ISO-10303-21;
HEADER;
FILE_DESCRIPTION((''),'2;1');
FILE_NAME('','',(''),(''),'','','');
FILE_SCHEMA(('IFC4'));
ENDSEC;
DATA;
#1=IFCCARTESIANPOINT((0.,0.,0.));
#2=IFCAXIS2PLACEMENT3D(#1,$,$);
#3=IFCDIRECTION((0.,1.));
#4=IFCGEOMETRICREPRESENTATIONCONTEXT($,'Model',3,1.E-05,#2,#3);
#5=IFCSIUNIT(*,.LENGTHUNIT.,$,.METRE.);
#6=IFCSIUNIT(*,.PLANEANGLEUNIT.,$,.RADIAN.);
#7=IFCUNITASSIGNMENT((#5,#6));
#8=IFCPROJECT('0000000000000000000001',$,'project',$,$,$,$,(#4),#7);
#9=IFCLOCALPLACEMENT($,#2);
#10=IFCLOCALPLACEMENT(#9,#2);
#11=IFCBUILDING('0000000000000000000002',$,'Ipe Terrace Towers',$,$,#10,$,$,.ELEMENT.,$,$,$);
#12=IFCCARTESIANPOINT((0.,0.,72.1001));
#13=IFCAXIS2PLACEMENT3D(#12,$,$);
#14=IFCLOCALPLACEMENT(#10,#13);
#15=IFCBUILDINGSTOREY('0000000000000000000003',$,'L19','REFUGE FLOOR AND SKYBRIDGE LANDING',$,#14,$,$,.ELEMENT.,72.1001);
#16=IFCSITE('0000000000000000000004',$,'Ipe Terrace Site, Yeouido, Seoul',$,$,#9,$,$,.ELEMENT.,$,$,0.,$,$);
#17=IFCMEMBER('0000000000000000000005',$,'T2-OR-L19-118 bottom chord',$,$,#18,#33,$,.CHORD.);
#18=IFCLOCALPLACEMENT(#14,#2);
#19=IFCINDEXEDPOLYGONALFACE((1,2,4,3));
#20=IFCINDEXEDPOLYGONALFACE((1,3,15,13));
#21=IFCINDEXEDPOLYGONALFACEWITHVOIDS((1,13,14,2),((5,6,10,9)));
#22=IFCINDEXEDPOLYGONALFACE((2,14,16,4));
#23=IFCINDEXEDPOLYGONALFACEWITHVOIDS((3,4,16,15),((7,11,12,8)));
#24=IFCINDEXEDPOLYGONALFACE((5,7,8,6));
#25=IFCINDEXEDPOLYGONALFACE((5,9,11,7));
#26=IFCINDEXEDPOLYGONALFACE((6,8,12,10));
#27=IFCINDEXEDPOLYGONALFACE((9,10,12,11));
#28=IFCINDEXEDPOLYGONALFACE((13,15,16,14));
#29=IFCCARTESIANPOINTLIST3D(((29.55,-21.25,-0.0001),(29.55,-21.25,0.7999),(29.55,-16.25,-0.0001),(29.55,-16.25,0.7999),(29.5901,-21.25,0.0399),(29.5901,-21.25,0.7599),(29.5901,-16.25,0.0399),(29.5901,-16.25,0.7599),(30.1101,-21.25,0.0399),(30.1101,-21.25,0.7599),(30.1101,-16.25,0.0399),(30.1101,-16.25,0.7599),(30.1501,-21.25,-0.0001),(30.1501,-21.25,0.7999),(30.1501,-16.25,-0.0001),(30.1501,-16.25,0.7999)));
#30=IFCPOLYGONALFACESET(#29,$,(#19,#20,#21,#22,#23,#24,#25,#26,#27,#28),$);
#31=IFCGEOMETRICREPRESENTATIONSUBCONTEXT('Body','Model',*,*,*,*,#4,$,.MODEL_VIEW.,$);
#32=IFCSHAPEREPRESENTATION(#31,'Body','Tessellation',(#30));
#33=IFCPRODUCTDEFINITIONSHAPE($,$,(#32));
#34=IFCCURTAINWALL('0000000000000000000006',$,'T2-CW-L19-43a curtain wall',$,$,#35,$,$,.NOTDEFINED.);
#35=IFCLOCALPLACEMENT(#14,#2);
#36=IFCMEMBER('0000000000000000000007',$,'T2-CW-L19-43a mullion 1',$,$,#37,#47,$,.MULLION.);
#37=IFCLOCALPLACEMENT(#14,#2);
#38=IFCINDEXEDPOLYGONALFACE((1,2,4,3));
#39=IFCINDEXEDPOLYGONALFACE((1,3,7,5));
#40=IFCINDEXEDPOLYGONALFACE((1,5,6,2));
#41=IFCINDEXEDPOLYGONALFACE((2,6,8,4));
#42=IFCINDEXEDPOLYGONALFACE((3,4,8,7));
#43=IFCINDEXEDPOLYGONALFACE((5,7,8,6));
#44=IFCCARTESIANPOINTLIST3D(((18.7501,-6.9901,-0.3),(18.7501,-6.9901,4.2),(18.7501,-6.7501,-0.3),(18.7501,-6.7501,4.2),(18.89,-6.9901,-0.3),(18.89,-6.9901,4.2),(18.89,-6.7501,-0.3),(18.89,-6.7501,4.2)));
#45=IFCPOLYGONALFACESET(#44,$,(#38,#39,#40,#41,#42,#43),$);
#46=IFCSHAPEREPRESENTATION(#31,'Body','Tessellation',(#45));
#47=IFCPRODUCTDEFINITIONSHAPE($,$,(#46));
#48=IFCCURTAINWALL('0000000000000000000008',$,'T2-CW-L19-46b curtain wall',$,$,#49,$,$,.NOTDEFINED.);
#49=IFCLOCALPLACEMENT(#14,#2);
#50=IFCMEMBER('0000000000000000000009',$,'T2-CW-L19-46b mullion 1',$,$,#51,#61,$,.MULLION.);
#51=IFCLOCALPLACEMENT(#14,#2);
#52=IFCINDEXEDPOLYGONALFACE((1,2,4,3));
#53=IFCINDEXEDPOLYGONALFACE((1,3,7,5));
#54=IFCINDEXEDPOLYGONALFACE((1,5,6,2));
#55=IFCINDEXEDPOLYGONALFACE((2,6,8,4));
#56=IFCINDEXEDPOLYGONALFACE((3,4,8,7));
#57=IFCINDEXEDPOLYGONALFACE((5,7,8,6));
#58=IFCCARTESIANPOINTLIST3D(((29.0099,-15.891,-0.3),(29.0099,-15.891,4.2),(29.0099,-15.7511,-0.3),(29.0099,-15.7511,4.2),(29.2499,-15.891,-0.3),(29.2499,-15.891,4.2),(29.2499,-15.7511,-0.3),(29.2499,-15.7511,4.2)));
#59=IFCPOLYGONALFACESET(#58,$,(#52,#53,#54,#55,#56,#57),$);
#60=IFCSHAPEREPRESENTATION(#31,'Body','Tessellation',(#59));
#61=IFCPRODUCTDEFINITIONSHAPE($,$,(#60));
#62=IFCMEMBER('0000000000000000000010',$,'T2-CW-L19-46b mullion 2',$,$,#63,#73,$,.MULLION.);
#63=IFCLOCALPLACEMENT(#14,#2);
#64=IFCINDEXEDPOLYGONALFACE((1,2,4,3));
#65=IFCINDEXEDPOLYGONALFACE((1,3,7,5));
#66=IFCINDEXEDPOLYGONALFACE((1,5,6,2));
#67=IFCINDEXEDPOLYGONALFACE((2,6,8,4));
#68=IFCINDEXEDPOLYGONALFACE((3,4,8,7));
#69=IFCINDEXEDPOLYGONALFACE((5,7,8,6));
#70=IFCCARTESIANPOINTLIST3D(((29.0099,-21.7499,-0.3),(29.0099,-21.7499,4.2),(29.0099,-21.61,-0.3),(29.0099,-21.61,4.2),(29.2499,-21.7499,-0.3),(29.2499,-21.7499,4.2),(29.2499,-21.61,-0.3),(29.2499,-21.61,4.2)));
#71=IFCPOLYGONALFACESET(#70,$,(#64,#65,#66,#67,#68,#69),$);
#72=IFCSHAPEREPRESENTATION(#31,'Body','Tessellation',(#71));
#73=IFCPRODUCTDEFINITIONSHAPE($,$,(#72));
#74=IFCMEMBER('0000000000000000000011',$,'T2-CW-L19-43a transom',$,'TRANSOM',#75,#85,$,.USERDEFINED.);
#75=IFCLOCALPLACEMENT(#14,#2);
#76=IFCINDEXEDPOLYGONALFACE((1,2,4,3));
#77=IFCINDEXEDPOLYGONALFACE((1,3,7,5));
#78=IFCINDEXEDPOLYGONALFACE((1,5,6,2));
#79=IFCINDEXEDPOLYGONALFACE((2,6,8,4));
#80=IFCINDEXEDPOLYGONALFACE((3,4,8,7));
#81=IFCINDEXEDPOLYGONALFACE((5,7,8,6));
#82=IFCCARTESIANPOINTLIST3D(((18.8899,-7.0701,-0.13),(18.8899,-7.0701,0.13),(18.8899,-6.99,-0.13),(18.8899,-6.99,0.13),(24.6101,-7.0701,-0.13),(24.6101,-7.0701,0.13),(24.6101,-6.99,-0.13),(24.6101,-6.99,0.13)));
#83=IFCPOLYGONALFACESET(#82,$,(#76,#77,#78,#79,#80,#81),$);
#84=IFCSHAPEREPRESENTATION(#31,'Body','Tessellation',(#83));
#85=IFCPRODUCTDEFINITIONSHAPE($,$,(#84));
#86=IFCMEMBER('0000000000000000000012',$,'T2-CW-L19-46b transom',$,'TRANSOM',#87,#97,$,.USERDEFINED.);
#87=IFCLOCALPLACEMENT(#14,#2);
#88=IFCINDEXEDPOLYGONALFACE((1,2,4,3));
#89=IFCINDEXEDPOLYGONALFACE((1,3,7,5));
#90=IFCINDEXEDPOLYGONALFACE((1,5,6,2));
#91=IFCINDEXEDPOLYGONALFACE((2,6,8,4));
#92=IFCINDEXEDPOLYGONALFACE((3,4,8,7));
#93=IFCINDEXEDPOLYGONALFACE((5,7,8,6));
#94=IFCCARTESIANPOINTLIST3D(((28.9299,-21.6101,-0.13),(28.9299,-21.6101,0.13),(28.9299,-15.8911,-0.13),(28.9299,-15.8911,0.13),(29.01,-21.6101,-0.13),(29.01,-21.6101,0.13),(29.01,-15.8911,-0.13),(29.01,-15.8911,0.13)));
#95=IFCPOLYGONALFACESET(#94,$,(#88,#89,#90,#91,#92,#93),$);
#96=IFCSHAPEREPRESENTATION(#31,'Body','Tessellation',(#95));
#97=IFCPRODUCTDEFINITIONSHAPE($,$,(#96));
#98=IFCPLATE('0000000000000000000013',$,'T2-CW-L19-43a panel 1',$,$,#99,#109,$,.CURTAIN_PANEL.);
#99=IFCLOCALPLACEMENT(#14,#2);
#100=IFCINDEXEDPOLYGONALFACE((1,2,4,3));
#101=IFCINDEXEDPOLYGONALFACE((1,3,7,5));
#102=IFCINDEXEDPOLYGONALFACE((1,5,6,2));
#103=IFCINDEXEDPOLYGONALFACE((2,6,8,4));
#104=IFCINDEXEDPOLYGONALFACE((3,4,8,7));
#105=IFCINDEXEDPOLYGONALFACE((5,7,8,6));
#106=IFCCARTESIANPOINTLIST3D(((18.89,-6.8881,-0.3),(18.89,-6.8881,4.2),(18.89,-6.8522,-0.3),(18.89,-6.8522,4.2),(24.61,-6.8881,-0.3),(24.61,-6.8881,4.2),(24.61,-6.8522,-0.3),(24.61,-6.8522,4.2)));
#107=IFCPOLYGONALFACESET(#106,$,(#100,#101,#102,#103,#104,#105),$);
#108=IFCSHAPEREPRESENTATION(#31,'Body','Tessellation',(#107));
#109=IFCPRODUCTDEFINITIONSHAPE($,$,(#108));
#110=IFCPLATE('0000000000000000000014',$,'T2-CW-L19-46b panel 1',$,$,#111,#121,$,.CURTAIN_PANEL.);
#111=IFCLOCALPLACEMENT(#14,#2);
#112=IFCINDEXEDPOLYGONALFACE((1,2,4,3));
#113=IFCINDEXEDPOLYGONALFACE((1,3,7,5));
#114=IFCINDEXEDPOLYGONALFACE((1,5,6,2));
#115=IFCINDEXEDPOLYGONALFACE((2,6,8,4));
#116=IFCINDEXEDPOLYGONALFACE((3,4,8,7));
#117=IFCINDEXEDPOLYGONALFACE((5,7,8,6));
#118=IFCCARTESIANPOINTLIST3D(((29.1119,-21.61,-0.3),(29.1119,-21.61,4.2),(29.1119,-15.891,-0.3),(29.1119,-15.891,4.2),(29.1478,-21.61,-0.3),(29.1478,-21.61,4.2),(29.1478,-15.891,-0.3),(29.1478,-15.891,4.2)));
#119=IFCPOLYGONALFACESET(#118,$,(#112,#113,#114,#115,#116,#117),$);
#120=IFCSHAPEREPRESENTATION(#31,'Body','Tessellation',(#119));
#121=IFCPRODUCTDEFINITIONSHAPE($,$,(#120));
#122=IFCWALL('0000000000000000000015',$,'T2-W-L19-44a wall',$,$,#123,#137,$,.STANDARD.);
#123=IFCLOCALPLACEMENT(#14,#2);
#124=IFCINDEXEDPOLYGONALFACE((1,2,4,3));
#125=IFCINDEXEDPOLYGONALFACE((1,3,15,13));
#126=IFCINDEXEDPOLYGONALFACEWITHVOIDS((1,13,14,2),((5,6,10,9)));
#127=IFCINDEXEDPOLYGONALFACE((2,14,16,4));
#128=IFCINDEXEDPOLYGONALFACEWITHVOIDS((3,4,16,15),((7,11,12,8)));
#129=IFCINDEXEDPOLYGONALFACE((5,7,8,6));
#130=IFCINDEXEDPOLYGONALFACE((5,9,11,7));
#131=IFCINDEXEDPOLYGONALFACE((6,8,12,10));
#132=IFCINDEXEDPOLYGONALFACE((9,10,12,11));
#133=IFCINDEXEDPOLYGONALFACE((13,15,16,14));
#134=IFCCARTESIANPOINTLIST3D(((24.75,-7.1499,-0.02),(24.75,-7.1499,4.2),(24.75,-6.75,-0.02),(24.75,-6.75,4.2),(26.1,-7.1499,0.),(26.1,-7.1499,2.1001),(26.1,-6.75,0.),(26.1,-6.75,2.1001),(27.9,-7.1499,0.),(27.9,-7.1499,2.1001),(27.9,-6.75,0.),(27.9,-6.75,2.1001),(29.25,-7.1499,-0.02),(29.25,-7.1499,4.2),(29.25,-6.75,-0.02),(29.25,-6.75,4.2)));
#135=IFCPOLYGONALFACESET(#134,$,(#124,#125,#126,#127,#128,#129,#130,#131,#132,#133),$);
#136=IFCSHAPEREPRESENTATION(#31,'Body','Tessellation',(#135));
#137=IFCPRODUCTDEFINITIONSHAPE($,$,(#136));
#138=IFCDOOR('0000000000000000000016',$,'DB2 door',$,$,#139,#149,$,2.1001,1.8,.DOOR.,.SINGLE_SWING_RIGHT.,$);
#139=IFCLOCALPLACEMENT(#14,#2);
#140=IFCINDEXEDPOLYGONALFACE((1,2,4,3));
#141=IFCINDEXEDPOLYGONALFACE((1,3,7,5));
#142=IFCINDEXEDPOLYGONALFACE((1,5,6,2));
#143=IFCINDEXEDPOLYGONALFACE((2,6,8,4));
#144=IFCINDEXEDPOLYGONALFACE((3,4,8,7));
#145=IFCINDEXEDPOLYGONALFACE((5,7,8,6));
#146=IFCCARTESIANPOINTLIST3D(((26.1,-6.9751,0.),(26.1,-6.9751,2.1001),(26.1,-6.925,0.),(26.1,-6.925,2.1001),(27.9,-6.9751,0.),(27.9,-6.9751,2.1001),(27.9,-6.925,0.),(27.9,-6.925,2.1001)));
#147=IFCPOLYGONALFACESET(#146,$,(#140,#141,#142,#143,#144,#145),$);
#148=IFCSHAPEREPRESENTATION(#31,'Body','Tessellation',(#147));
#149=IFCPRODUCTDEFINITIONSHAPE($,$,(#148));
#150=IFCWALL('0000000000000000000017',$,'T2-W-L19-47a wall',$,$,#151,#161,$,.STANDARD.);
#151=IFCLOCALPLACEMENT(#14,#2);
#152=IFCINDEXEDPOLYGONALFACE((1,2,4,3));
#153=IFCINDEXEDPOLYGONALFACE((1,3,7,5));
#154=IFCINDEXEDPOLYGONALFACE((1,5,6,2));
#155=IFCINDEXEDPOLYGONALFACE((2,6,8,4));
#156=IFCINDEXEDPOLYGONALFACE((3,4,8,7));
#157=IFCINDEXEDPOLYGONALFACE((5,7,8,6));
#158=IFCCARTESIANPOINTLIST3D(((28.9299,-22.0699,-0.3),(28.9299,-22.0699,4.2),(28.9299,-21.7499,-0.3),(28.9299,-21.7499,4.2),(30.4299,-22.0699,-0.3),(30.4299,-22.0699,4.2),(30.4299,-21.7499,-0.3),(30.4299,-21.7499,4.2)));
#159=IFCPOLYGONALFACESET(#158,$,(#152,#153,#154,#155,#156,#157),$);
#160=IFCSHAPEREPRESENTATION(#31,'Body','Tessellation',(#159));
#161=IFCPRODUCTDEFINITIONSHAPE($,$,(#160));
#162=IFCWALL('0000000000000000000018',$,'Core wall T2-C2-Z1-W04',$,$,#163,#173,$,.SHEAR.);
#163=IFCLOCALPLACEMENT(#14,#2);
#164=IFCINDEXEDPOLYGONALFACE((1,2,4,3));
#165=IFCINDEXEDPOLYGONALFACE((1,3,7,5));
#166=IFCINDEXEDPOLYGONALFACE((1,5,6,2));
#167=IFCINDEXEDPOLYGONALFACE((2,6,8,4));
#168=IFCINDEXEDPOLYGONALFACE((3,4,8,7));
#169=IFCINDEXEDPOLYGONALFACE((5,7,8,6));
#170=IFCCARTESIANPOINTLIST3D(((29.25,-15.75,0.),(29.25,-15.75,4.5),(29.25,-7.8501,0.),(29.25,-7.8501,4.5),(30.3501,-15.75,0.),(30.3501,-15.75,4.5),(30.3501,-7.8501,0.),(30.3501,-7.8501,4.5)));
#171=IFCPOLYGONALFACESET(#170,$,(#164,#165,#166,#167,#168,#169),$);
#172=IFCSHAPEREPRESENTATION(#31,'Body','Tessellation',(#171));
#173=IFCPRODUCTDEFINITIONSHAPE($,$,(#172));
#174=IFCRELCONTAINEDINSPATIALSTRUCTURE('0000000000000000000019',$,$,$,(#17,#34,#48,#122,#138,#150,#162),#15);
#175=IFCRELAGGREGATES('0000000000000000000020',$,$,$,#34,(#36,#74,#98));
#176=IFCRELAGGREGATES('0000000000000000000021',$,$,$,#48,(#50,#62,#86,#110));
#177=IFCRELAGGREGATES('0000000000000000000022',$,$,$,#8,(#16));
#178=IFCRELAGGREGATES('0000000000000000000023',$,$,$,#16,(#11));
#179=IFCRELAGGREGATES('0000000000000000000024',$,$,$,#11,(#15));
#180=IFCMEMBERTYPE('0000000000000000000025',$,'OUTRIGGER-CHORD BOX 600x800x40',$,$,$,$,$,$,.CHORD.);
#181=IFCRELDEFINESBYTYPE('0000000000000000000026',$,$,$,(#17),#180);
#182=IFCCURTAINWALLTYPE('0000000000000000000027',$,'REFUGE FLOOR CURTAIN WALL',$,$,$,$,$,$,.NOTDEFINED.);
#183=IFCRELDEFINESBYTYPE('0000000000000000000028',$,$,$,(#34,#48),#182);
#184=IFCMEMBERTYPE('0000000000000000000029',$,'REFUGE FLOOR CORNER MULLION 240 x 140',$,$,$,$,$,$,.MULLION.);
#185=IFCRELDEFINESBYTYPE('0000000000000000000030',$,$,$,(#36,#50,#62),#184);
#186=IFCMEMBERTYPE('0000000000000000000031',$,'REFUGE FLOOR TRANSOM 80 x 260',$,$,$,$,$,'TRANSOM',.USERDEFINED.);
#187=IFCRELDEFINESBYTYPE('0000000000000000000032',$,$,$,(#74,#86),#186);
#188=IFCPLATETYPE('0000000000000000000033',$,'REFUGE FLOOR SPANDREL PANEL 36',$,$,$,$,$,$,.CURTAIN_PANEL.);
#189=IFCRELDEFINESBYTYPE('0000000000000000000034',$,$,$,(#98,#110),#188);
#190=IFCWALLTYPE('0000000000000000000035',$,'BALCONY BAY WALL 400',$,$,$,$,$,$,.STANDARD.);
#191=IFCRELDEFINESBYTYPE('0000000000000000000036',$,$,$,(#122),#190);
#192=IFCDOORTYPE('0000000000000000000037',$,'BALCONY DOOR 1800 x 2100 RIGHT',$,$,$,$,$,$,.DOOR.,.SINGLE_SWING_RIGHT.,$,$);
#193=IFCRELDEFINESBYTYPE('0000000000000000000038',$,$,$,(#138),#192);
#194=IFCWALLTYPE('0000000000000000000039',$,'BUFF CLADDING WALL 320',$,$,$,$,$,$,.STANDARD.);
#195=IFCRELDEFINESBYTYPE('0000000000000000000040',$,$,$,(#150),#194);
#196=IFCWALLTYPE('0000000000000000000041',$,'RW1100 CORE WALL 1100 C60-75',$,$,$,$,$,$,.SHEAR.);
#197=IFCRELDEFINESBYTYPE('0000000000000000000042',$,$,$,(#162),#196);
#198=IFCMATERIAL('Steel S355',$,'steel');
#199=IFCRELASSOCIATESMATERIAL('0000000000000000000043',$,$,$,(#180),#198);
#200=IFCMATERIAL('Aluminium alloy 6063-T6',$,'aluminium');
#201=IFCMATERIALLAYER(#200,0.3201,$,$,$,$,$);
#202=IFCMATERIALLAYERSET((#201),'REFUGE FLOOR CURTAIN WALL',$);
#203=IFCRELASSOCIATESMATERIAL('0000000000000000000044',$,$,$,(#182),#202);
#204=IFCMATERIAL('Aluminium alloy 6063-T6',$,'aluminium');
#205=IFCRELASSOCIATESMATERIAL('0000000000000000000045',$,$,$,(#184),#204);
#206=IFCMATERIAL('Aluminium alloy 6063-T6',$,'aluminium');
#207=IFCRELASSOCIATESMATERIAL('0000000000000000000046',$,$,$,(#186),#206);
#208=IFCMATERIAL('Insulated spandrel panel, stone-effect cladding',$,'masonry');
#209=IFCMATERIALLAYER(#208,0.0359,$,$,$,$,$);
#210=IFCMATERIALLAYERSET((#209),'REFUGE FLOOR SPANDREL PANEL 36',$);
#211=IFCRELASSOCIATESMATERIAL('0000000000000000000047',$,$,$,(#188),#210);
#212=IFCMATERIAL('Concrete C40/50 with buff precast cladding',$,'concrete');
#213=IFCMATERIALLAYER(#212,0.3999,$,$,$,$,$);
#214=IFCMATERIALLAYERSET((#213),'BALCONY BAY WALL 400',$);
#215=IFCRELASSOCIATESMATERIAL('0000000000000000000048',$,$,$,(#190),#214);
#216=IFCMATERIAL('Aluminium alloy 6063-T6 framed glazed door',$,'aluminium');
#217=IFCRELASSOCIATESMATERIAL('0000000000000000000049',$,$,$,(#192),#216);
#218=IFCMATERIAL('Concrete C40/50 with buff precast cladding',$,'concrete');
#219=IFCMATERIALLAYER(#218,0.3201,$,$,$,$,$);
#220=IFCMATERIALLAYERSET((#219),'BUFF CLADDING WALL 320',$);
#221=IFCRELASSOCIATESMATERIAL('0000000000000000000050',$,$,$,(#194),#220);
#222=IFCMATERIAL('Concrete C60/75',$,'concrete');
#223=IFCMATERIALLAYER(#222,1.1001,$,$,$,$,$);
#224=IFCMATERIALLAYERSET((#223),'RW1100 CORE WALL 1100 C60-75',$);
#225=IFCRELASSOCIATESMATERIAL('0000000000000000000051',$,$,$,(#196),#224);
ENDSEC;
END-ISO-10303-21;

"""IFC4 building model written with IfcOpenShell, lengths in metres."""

from ifc_helpers import new_model, si_unit, direction, frame, frame_2d, origin, origin_2d, place, context, subcontext, project, spatial, rectangle, hollow_rectangle, extrude, material, layer, layer_set, material_profile, profile_set, type_object, element, fill, aggregate, save


model = new_model("IFC4")

# Units and contexts
model_context = context("Model", 3, precision=1e-05, world=origin(), true_north=direction((0.0, 1.0)))
body_context = subcontext(model_context, "Body", "Model", "MODEL_VIEW")
ifc_project = project(units=[si_unit("LENGTHUNIT", "METRE"), si_unit("PLANEANGLEUNIT", "RADIAN")], contexts=[model_context])

# Site, building, storey
site_placement = place(None, origin())
site = spatial("IfcSite", under=ifc_project, at=site_placement, Name="Ipe Terrace Site, Yeouido, Seoul", CompositionType="ELEMENT", RefElevation=0.0)
building_placement = place(site_placement, origin())
building = spatial("IfcBuilding", under=site, at=building_placement, Name="Ipe Terrace Towers", CompositionType="ELEMENT")
storey_placement = place(building_placement, frame((0.0, 0.0, 72.1001)))
storey = spatial("IfcBuildingStorey", under=building, at=storey_placement, Name="L19", Description="REFUGE FLOOR AND SKYBRIDGE LANDING", CompositionType="ELEMENT", Elevation=72.1001)

# Member
ifc_material_1 = material(Name="Steel S355", Category="steel")
ifc_material_profile_1 = material_profile(ifc_material_1, hollow_rectangle(XDim=0.6001, YDim=0.8, WallThickness=0.04, at=origin_2d()), Name="OUTRIGGER-CHORD BOX 600x800x40")
ifc_profile_set_1 = profile_set([ifc_material_profile_1], Name="Steel S355")
member_type_1 = type_object("IfcMemberType", Name="OUTRIGGER-CHORD BOX 600x800x40", PredefinedType="CHORD", material=ifc_profile_set_1)
member_1_placement = place(storey_placement, frame((29.8501, -16.25, 0.3999), z_axis=(0.0, -1.0, 0.0), x_axis=(1.0, 0.0, 0.0)))
element("IfcMember", 1, at=member_1_placement, inside=storey, type_object=member_type_1, Name="T2-OR-L19-118 bottom chord", PredefinedType="CHORD", context=body_context, shape_type="SweptSolid", body=[
    extrude(hollow_rectangle(XDim=0.6001, YDim=0.8, WallThickness=0.04, at=origin_2d()), origin(), (0.0, 0.0, 1.0), 5.0),
])

# Curtain wall, member
ifc_material_2 = material(Name="Aluminium alloy 6063-T6", Category="aluminium")
ifc_layer_1 = layer(ifc_material_2, 0.3201)
ifc_layer_set_1 = layer_set([ifc_layer_1], Name="REFUGE FLOOR CURTAIN WALL")
curtain_wall_type = type_object("IfcCurtainWallType", Name="REFUGE FLOOR CURTAIN WALL", PredefinedType="NOTDEFINED", material=ifc_layer_set_1)
curtain_wall_1_placement = place(storey_placement, origin())
curtain_wall_1 = element("IfcCurtainWall", 2, at=curtain_wall_1_placement, inside=storey, type_object=curtain_wall_type, Name="T2-CW-L19-43a curtain wall", PredefinedType="NOTDEFINED")
ifc_material_3 = material(Name="Aluminium alloy 6063-T6", Category="aluminium")
ifc_material_profile_2 = material_profile(ifc_material_3, rectangle(XDim=0.24, YDim=0.1399, at=origin_2d()), Name="REFUGE FLOOR CORNER MULLION 240 x 140")
ifc_profile_set_2 = profile_set([ifc_material_profile_2], Name="Aluminium alloy 6063-T6")
member_type_2 = type_object("IfcMemberType", Name="REFUGE FLOOR CORNER MULLION 240 x 140", PredefinedType="MULLION", material=ifc_profile_set_2)
member_2_placement = place(storey_placement, frame((18.8201, -6.8701, -0.3), z_axis=(0.0, 0.0, 1.0), x_axis=(0.0, -1.0, 0.0)))
member_2 = element("IfcMember", 3, at=member_2_placement, type_object=member_type_2, Name="T2-CW-L19-43a mullion 1", PredefinedType="MULLION", context=body_context, shape_type="SweptSolid", body=[
    extrude(rectangle(XDim=0.24, YDim=0.1399, at=origin_2d()), origin(), (0.0, 0.0, 1.0), 4.5),
])

# Curtain wall, members
curtain_wall_2_placement = place(storey_placement, origin())
curtain_wall_2 = element("IfcCurtainWall", 4, at=curtain_wall_2_placement, inside=storey, type_object=curtain_wall_type, Name="T2-CW-L19-46b curtain wall", PredefinedType="NOTDEFINED")
member_3_placement = place(storey_placement, frame((29.1299, -15.821, -0.3), z_axis=(0.0, 0.0, 1.0), x_axis=(-1.0, 0.0, 0.0)))
member_3 = element("IfcMember", 5, at=member_3_placement, type_object=member_type_2, Name="T2-CW-L19-46b mullion 1", PredefinedType="MULLION", context=body_context, shape_type="SweptSolid", body=[
    extrude(rectangle(XDim=0.24, YDim=0.1399, at=origin_2d()), origin(), (0.0, 0.0, 1.0), 4.5),
])
member_4_placement = place(storey_placement, frame((29.1299, -21.6799, -0.3), z_axis=(0.0, 0.0, 1.0), x_axis=(-1.0, 0.0, 0.0)))
member_4 = element("IfcMember", 6, at=member_4_placement, type_object=member_type_2, Name="T2-CW-L19-46b mullion 2", PredefinedType="MULLION", context=body_context, shape_type="SweptSolid", body=[
    extrude(rectangle(XDim=0.24, YDim=0.1399, at=origin_2d()), origin(), (0.0, 0.0, 1.0), 4.5),
])

# Members
ifc_material_4 = material(Name="Aluminium alloy 6063-T6", Category="aluminium")
ifc_material_profile_3 = material_profile(ifc_material_4, rectangle(XDim=0.0801, YDim=0.26, at=origin_2d()), Name="REFUGE FLOOR TRANSOM 80 x 260")
ifc_profile_set_3 = profile_set([ifc_material_profile_3], Name="Aluminium alloy 6063-T6")
member_type_3 = type_object("IfcMemberType", Name="REFUGE FLOOR TRANSOM 80 x 260", ElementType="TRANSOM", PredefinedType="USERDEFINED", material=ifc_profile_set_3)
member_5_placement = place(storey_placement, frame((18.8899, -7.03, 0.0), z_axis=(1.0, 0.0, 0.0), x_axis=(0.0, -1.0, 0.0)))
member_5 = element("IfcMember", 7, at=member_5_placement, type_object=member_type_3, Name="T2-CW-L19-43a transom", ObjectType="TRANSOM", PredefinedType="USERDEFINED", context=body_context, shape_type="SweptSolid", body=[
    extrude(rectangle(XDim=0.0801, YDim=0.26, at=origin_2d()), origin(), (0.0, 0.0, 1.0), 5.7202),
])
member_6_placement = place(storey_placement, frame((28.97, -15.8911, 0.0), z_axis=(0.0, -1.0, 0.0), x_axis=(-1.0, 0.0, 0.0)))
member_6 = element("IfcMember", 8, at=member_6_placement, type_object=member_type_3, Name="T2-CW-L19-46b transom", ObjectType="TRANSOM", PredefinedType="USERDEFINED", context=body_context, shape_type="SweptSolid", body=[
    extrude(rectangle(XDim=0.0801, YDim=0.26, at=origin_2d()), origin(), (0.0, 0.0, 1.0), 5.719),
])

# Plates
ifc_material_5 = material(Name="Insulated spandrel panel, stone-effect cladding", Category="masonry")
ifc_layer_2 = layer(ifc_material_5, 0.0359)
ifc_layer_set_2 = layer_set([ifc_layer_2], Name="REFUGE FLOOR SPANDREL PANEL 36")
plate_type = type_object("IfcPlateType", Name="REFUGE FLOOR SPANDREL PANEL 36", PredefinedType="CURTAIN_PANEL", material=ifc_layer_set_2)
plate_1_placement = place(storey_placement, frame((21.75, -6.8701, -0.3), z_axis=(0.0, 0.0, 1.0), x_axis=(1.0, 0.0, 0.0)))
plate_1 = element("IfcPlate", 9, at=plate_1_placement, type_object=plate_type, Name="T2-CW-L19-43a panel 1", PredefinedType="CURTAIN_PANEL", context=body_context, shape_type="SweptSolid", body=[
    extrude(rectangle(XDim=5.72, YDim=0.0359, at=origin_2d()), origin(), (0.0, 0.0, 1.0), 4.5),
])
aggregate(curtain_wall_1, [member_2, member_5, plate_1])
plate_2_placement = place(storey_placement, frame((29.1299, -18.7505, -0.3), z_axis=(0.0, 0.0, 1.0), x_axis=(0.0, -1.0, 0.0)))
plate_2 = element("IfcPlate", 10, at=plate_2_placement, type_object=plate_type, Name="T2-CW-L19-46b panel 1", PredefinedType="CURTAIN_PANEL", context=body_context, shape_type="SweptSolid", body=[
    extrude(rectangle(XDim=5.719, YDim=0.0359, at=origin_2d()), origin(), (0.0, 0.0, 1.0), 4.5),
])
aggregate(curtain_wall_2, [member_3, member_4, member_6, plate_2])

# Wall, opening, door
ifc_material_6 = material(Name="Concrete C40/50 with buff precast cladding", Category="concrete")
ifc_layer_3 = layer(ifc_material_6, 0.3999)
ifc_layer_set_3 = layer_set([ifc_layer_3], Name="BALCONY BAY WALL 400")
wall_type_1 = type_object("IfcWallType", Name="BALCONY BAY WALL 400", PredefinedType="STANDARD", material=ifc_layer_set_3)
wall_1_placement = place(storey_placement, frame((24.75, -6.95, -0.02), z_axis=(0.0, 0.0, 1.0), x_axis=(1.0, 0.0, 0.0)))
wall_1 = element("IfcWall", 11, at=wall_1_placement, inside=storey, type_object=wall_type_1, Name="T2-W-L19-44a wall", PredefinedType="STANDARD", context=body_context, shape_type="SweptSolid", body=[
    extrude(rectangle(XDim=4.5, YDim=0.3999, at=frame_2d((2.25, 0.0))), origin(), (0.0, 0.0, 1.0), 4.22),
])
opening_placement = place(wall_1_placement, frame((1.3501, 0.0, 0.02)))
opening = element("IfcOpeningElement", 12, at=opening_placement, cuts=wall_1, PredefinedType="OPENING", context=body_context, shape_type="SweptSolid", body=[
    extrude(rectangle(XDim=1.8, YDim=2.1001, at=frame_2d((0.8999, 1.05))), frame((0.0, 0.21, 0.0), z_axis=(0.0, -1.0, 0.0), x_axis=(1.0, 0.0, 0.0)), (0.0, 0.0, 1.0), 0.4199),
])
ifc_material_7 = material(Name="Aluminium alloy 6063-T6 framed glazed door", Category="aluminium")
door_type = type_object("IfcDoorType", Name="BALCONY DOOR 1800 x 2100 RIGHT", OperationType="SINGLE_SWING_RIGHT", PredefinedType="DOOR", material=ifc_material_7)
door_placement = place(opening_placement, origin())
door = element("IfcDoor", 13, at=door_placement, inside=storey, type_object=door_type, Name="DB2 door", OperationType="SINGLE_SWING_RIGHT", OverallHeight=2.1001, OverallWidth=1.8, PredefinedType="DOOR", context=body_context, shape_type="SweptSolid", body=[
    extrude(rectangle(XDim=1.8, YDim=2.1001, at=frame_2d((0.8999, 1.05))), frame((0.0, 0.0249, 0.0), z_axis=(0.0, -1.0, 0.0), x_axis=(1.0, 0.0, 0.0)), (0.0, 0.0, 1.0), 0.05),
])
fill(opening, door)

# Walls
ifc_material_8 = material(Name="Concrete C40/50 with buff precast cladding", Category="concrete")
ifc_layer_4 = layer(ifc_material_8, 0.3201)
ifc_layer_set_4 = layer_set([ifc_layer_4], Name="BUFF CLADDING WALL 320")
wall_type_2 = type_object("IfcWallType", Name="BUFF CLADDING WALL 320", PredefinedType="STANDARD", material=ifc_layer_set_4)
wall_2_placement = place(storey_placement, frame((28.9299, -21.9099, -0.3), z_axis=(0.0, 0.0, 1.0), x_axis=(1.0, 0.0, 0.0)))
element("IfcWall", 14, at=wall_2_placement, inside=storey, type_object=wall_type_2, Name="T2-W-L19-47a wall", PredefinedType="STANDARD", context=body_context, shape_type="SweptSolid", body=[
    extrude(rectangle(XDim=1.5, YDim=0.3201, at=frame_2d((0.75, 0.0))), origin(), (0.0, 0.0, 1.0), 4.5),
])
ifc_material_9 = material(Name="Concrete C60/75", Category="concrete")
ifc_layer_5 = layer(ifc_material_9, 1.1001)
ifc_layer_set_5 = layer_set([ifc_layer_5], Name="RW1100 CORE WALL 1100 C60-75")
wall_type_3 = type_object("IfcWallType", Name="RW1100 CORE WALL 1100 C60-75", PredefinedType="SHEAR", material=ifc_layer_set_5)
wall_3_placement = place(storey_placement, frame((29.8, -7.8501, 0.0), z_axis=(0.0, 0.0, 1.0), x_axis=(0.0, -1.0, 0.0)))
element("IfcWall", 15, at=wall_3_placement, inside=storey, type_object=wall_type_3, Name="Core wall T2-C2-Z1-W04", PredefinedType="SHEAR", context=body_context, shape_type="SweptSolid", body=[
    extrude(rectangle(XDim=7.8999, YDim=1.1001, at=frame_2d((3.95, 0.0))), origin(), (0.0, 0.0, 1.0), 4.5),
])

save(model, "model.ifc")
